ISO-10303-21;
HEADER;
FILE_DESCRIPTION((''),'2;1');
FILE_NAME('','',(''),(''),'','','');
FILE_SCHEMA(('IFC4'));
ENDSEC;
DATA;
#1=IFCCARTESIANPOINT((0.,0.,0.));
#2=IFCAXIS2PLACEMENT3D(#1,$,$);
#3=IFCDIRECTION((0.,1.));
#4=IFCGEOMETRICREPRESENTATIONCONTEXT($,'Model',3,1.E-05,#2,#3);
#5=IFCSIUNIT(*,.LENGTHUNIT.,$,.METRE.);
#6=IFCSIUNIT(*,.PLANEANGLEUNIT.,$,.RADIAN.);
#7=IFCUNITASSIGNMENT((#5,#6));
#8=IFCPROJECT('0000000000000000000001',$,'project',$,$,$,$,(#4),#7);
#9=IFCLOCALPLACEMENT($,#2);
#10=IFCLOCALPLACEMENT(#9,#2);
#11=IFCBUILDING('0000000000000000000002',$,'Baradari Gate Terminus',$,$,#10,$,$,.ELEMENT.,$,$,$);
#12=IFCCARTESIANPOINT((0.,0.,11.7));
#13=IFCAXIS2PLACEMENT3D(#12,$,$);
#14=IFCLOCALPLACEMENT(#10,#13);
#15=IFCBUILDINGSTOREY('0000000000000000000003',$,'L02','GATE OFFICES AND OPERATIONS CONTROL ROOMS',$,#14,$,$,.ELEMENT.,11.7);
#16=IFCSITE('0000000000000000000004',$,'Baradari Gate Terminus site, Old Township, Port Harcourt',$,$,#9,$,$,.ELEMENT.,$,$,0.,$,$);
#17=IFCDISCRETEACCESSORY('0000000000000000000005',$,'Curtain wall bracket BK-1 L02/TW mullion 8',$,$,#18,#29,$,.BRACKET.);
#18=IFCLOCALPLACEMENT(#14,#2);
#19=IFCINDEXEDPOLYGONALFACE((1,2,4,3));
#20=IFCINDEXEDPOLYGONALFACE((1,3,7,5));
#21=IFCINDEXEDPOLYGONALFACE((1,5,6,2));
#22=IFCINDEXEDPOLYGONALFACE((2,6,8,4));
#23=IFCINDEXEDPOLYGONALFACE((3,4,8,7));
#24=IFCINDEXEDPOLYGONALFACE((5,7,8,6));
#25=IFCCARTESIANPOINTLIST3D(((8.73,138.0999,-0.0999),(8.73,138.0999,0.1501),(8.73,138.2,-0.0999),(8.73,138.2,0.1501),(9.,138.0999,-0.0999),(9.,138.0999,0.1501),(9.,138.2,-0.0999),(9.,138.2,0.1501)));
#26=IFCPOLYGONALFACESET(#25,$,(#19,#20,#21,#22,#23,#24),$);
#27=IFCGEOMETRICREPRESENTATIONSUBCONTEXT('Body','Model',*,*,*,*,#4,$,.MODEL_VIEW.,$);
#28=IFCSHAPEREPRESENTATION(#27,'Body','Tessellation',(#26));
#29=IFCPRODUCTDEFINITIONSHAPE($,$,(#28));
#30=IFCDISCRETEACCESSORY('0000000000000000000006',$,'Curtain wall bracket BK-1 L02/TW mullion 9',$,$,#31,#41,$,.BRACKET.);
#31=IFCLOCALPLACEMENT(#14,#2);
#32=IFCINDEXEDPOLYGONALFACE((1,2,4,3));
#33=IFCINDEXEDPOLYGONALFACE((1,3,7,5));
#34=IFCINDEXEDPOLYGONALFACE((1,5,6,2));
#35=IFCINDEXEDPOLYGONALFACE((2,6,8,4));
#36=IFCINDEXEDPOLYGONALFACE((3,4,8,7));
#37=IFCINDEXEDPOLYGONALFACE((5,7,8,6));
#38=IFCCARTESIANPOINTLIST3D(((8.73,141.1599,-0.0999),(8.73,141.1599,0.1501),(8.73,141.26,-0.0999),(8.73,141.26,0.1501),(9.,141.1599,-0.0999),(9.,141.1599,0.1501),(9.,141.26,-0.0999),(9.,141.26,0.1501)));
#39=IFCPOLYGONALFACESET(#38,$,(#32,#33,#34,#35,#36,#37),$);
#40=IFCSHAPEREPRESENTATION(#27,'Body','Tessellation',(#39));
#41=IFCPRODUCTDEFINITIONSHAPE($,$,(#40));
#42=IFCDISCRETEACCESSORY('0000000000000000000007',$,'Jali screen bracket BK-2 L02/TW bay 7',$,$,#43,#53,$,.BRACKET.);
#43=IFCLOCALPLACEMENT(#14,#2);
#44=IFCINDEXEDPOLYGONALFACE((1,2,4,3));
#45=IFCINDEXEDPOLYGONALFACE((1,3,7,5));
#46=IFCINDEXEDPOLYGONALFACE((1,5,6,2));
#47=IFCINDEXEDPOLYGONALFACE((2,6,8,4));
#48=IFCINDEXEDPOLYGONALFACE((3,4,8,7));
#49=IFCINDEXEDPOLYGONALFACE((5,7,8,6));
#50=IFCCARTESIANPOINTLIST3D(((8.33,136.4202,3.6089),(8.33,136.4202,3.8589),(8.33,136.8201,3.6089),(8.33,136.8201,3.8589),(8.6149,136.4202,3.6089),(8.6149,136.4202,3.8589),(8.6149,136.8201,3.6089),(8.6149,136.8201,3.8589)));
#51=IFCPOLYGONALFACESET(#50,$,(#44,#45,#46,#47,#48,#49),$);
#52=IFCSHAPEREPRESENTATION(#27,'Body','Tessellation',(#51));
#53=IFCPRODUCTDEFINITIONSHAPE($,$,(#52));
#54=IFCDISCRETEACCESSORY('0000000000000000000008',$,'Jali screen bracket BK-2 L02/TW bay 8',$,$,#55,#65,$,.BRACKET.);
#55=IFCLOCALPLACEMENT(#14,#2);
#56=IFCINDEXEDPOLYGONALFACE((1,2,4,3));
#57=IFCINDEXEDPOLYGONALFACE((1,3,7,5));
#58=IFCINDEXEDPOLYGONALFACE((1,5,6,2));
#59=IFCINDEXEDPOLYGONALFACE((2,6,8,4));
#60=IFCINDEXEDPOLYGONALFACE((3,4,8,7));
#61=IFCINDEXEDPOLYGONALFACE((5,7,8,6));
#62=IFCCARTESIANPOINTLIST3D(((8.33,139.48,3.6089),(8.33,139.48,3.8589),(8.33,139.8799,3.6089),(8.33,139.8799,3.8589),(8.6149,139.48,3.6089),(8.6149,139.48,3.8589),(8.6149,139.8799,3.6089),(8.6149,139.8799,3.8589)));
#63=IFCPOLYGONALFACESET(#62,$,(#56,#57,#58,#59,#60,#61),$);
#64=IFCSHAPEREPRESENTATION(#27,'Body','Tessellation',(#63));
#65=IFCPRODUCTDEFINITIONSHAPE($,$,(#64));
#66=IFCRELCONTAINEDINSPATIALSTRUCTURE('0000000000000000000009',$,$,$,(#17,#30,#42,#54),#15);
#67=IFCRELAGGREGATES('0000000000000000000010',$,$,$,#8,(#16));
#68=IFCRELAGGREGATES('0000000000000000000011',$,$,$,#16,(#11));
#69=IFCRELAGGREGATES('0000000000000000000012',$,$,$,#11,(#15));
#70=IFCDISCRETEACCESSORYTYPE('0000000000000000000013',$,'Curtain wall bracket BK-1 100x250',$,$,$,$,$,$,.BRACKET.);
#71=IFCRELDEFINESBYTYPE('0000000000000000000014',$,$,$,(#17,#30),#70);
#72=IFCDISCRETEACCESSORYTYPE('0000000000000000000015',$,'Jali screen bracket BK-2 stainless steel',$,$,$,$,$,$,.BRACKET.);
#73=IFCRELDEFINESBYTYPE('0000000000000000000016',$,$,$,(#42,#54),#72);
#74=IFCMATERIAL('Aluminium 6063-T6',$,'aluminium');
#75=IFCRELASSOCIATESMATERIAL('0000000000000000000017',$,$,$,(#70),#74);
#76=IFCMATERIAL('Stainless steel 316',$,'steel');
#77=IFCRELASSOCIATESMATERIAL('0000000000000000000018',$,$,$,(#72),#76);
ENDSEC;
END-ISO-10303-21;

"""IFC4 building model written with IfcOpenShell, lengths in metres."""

from ifc_helpers import new_model, si_unit, direction, frame, origin, origin_2d, place, context, subcontext, project, spatial, rectangle, extrude, material, type_object, element, save


model = new_model("IFC4")

# Units and contexts
model_context = context("Model", 3, precision=1e-05, world=origin(), true_north=direction((0.0, 1.0)))
body_context = subcontext(model_context, "Body", "Model", "MODEL_VIEW")
ifc_project = project(units=[si_unit("LENGTHUNIT", "METRE"), si_unit("PLANEANGLEUNIT", "RADIAN")], contexts=[model_context])

# Site, building, storey
site_placement = place(None, origin())
site = spatial("IfcSite", under=ifc_project, at=site_placement, Name="Baradari Gate Terminus site, Old Township, Port Harcourt", CompositionType="ELEMENT", RefElevation=0.0)
building_placement = place(site_placement, origin())
building = spatial("IfcBuilding", under=site, at=building_placement, Name="Baradari Gate Terminus", CompositionType="ELEMENT")
storey_placement = place(building_placement, frame((0.0, 0.0, 11.7)))
storey = spatial("IfcBuildingStorey", under=building, at=storey_placement, Name="L02", Description="GATE OFFICES AND OPERATIONS CONTROL ROOMS", CompositionType="ELEMENT", Elevation=11.7)

# Discrete accessories
ifc_material_1 = material(Name="Aluminium 6063-T6", Category="aluminium")
discrete_accessory_type_1 = type_object("IfcDiscreteAccessoryType", Name="Curtain wall bracket BK-1 100x250", PredefinedType="BRACKET", material=ifc_material_1)
for number, where, z_axis, x_axis, name in (
    (1, (8.865, 138.1499, -0.0999), (0.0, 0.0, 1.0), (-1.0, 0.0, 0.0), "Curtain wall bracket BK-1 L02/TW mullion 8"),
    (2, (8.865, 141.21, -0.0999), (0.0, 0.0, 1.0), (-1.0, 0.0, 0.0), "Curtain wall bracket BK-1 L02/TW mullion 9"),
):
    element("IfcDiscreteAccessory", number, at=place(storey_placement, frame(where, z_axis=z_axis, x_axis=x_axis)), inside=storey, type_object=discrete_accessory_type_1, Name=name, PredefinedType="BRACKET", context=body_context, shape_type="SweptSolid", body=[
        extrude(rectangle(XDim=0.27, YDim=0.1001, at=origin_2d()), origin(), (0.0, 0.0, 1.0), 0.25),
    ])
ifc_material_2 = material(Name="Stainless steel 316", Category="steel")
discrete_accessory_type_2 = type_object("IfcDiscreteAccessoryType", Name="Jali screen bracket BK-2 stainless steel", PredefinedType="BRACKET", material=ifc_material_2)
for number, where, z_axis, x_axis, name in (
    (3, (8.4724, 136.6201, 3.6089), (0.0, 0.0, 1.0), (-1.0, 0.0, 0.0), "Jali screen bracket BK-2 L02/TW bay 7"),
    (4, (8.4724, 139.6799, 3.6089), (0.0, 0.0, 1.0), (-1.0, 0.0, 0.0), "Jali screen bracket BK-2 L02/TW bay 8"),
):
    element("IfcDiscreteAccessory", number, at=place(storey_placement, frame(where, z_axis=z_axis, x_axis=x_axis)), inside=storey, type_object=discrete_accessory_type_2, Name=name, PredefinedType="BRACKET", context=body_context, shape_type="SweptSolid", body=[
        extrude(rectangle(XDim=0.2849, YDim=0.3999, at=origin_2d()), origin(), (0.0, 0.0, 1.0), 0.25),
    ])

save(model, "model.ifc")
